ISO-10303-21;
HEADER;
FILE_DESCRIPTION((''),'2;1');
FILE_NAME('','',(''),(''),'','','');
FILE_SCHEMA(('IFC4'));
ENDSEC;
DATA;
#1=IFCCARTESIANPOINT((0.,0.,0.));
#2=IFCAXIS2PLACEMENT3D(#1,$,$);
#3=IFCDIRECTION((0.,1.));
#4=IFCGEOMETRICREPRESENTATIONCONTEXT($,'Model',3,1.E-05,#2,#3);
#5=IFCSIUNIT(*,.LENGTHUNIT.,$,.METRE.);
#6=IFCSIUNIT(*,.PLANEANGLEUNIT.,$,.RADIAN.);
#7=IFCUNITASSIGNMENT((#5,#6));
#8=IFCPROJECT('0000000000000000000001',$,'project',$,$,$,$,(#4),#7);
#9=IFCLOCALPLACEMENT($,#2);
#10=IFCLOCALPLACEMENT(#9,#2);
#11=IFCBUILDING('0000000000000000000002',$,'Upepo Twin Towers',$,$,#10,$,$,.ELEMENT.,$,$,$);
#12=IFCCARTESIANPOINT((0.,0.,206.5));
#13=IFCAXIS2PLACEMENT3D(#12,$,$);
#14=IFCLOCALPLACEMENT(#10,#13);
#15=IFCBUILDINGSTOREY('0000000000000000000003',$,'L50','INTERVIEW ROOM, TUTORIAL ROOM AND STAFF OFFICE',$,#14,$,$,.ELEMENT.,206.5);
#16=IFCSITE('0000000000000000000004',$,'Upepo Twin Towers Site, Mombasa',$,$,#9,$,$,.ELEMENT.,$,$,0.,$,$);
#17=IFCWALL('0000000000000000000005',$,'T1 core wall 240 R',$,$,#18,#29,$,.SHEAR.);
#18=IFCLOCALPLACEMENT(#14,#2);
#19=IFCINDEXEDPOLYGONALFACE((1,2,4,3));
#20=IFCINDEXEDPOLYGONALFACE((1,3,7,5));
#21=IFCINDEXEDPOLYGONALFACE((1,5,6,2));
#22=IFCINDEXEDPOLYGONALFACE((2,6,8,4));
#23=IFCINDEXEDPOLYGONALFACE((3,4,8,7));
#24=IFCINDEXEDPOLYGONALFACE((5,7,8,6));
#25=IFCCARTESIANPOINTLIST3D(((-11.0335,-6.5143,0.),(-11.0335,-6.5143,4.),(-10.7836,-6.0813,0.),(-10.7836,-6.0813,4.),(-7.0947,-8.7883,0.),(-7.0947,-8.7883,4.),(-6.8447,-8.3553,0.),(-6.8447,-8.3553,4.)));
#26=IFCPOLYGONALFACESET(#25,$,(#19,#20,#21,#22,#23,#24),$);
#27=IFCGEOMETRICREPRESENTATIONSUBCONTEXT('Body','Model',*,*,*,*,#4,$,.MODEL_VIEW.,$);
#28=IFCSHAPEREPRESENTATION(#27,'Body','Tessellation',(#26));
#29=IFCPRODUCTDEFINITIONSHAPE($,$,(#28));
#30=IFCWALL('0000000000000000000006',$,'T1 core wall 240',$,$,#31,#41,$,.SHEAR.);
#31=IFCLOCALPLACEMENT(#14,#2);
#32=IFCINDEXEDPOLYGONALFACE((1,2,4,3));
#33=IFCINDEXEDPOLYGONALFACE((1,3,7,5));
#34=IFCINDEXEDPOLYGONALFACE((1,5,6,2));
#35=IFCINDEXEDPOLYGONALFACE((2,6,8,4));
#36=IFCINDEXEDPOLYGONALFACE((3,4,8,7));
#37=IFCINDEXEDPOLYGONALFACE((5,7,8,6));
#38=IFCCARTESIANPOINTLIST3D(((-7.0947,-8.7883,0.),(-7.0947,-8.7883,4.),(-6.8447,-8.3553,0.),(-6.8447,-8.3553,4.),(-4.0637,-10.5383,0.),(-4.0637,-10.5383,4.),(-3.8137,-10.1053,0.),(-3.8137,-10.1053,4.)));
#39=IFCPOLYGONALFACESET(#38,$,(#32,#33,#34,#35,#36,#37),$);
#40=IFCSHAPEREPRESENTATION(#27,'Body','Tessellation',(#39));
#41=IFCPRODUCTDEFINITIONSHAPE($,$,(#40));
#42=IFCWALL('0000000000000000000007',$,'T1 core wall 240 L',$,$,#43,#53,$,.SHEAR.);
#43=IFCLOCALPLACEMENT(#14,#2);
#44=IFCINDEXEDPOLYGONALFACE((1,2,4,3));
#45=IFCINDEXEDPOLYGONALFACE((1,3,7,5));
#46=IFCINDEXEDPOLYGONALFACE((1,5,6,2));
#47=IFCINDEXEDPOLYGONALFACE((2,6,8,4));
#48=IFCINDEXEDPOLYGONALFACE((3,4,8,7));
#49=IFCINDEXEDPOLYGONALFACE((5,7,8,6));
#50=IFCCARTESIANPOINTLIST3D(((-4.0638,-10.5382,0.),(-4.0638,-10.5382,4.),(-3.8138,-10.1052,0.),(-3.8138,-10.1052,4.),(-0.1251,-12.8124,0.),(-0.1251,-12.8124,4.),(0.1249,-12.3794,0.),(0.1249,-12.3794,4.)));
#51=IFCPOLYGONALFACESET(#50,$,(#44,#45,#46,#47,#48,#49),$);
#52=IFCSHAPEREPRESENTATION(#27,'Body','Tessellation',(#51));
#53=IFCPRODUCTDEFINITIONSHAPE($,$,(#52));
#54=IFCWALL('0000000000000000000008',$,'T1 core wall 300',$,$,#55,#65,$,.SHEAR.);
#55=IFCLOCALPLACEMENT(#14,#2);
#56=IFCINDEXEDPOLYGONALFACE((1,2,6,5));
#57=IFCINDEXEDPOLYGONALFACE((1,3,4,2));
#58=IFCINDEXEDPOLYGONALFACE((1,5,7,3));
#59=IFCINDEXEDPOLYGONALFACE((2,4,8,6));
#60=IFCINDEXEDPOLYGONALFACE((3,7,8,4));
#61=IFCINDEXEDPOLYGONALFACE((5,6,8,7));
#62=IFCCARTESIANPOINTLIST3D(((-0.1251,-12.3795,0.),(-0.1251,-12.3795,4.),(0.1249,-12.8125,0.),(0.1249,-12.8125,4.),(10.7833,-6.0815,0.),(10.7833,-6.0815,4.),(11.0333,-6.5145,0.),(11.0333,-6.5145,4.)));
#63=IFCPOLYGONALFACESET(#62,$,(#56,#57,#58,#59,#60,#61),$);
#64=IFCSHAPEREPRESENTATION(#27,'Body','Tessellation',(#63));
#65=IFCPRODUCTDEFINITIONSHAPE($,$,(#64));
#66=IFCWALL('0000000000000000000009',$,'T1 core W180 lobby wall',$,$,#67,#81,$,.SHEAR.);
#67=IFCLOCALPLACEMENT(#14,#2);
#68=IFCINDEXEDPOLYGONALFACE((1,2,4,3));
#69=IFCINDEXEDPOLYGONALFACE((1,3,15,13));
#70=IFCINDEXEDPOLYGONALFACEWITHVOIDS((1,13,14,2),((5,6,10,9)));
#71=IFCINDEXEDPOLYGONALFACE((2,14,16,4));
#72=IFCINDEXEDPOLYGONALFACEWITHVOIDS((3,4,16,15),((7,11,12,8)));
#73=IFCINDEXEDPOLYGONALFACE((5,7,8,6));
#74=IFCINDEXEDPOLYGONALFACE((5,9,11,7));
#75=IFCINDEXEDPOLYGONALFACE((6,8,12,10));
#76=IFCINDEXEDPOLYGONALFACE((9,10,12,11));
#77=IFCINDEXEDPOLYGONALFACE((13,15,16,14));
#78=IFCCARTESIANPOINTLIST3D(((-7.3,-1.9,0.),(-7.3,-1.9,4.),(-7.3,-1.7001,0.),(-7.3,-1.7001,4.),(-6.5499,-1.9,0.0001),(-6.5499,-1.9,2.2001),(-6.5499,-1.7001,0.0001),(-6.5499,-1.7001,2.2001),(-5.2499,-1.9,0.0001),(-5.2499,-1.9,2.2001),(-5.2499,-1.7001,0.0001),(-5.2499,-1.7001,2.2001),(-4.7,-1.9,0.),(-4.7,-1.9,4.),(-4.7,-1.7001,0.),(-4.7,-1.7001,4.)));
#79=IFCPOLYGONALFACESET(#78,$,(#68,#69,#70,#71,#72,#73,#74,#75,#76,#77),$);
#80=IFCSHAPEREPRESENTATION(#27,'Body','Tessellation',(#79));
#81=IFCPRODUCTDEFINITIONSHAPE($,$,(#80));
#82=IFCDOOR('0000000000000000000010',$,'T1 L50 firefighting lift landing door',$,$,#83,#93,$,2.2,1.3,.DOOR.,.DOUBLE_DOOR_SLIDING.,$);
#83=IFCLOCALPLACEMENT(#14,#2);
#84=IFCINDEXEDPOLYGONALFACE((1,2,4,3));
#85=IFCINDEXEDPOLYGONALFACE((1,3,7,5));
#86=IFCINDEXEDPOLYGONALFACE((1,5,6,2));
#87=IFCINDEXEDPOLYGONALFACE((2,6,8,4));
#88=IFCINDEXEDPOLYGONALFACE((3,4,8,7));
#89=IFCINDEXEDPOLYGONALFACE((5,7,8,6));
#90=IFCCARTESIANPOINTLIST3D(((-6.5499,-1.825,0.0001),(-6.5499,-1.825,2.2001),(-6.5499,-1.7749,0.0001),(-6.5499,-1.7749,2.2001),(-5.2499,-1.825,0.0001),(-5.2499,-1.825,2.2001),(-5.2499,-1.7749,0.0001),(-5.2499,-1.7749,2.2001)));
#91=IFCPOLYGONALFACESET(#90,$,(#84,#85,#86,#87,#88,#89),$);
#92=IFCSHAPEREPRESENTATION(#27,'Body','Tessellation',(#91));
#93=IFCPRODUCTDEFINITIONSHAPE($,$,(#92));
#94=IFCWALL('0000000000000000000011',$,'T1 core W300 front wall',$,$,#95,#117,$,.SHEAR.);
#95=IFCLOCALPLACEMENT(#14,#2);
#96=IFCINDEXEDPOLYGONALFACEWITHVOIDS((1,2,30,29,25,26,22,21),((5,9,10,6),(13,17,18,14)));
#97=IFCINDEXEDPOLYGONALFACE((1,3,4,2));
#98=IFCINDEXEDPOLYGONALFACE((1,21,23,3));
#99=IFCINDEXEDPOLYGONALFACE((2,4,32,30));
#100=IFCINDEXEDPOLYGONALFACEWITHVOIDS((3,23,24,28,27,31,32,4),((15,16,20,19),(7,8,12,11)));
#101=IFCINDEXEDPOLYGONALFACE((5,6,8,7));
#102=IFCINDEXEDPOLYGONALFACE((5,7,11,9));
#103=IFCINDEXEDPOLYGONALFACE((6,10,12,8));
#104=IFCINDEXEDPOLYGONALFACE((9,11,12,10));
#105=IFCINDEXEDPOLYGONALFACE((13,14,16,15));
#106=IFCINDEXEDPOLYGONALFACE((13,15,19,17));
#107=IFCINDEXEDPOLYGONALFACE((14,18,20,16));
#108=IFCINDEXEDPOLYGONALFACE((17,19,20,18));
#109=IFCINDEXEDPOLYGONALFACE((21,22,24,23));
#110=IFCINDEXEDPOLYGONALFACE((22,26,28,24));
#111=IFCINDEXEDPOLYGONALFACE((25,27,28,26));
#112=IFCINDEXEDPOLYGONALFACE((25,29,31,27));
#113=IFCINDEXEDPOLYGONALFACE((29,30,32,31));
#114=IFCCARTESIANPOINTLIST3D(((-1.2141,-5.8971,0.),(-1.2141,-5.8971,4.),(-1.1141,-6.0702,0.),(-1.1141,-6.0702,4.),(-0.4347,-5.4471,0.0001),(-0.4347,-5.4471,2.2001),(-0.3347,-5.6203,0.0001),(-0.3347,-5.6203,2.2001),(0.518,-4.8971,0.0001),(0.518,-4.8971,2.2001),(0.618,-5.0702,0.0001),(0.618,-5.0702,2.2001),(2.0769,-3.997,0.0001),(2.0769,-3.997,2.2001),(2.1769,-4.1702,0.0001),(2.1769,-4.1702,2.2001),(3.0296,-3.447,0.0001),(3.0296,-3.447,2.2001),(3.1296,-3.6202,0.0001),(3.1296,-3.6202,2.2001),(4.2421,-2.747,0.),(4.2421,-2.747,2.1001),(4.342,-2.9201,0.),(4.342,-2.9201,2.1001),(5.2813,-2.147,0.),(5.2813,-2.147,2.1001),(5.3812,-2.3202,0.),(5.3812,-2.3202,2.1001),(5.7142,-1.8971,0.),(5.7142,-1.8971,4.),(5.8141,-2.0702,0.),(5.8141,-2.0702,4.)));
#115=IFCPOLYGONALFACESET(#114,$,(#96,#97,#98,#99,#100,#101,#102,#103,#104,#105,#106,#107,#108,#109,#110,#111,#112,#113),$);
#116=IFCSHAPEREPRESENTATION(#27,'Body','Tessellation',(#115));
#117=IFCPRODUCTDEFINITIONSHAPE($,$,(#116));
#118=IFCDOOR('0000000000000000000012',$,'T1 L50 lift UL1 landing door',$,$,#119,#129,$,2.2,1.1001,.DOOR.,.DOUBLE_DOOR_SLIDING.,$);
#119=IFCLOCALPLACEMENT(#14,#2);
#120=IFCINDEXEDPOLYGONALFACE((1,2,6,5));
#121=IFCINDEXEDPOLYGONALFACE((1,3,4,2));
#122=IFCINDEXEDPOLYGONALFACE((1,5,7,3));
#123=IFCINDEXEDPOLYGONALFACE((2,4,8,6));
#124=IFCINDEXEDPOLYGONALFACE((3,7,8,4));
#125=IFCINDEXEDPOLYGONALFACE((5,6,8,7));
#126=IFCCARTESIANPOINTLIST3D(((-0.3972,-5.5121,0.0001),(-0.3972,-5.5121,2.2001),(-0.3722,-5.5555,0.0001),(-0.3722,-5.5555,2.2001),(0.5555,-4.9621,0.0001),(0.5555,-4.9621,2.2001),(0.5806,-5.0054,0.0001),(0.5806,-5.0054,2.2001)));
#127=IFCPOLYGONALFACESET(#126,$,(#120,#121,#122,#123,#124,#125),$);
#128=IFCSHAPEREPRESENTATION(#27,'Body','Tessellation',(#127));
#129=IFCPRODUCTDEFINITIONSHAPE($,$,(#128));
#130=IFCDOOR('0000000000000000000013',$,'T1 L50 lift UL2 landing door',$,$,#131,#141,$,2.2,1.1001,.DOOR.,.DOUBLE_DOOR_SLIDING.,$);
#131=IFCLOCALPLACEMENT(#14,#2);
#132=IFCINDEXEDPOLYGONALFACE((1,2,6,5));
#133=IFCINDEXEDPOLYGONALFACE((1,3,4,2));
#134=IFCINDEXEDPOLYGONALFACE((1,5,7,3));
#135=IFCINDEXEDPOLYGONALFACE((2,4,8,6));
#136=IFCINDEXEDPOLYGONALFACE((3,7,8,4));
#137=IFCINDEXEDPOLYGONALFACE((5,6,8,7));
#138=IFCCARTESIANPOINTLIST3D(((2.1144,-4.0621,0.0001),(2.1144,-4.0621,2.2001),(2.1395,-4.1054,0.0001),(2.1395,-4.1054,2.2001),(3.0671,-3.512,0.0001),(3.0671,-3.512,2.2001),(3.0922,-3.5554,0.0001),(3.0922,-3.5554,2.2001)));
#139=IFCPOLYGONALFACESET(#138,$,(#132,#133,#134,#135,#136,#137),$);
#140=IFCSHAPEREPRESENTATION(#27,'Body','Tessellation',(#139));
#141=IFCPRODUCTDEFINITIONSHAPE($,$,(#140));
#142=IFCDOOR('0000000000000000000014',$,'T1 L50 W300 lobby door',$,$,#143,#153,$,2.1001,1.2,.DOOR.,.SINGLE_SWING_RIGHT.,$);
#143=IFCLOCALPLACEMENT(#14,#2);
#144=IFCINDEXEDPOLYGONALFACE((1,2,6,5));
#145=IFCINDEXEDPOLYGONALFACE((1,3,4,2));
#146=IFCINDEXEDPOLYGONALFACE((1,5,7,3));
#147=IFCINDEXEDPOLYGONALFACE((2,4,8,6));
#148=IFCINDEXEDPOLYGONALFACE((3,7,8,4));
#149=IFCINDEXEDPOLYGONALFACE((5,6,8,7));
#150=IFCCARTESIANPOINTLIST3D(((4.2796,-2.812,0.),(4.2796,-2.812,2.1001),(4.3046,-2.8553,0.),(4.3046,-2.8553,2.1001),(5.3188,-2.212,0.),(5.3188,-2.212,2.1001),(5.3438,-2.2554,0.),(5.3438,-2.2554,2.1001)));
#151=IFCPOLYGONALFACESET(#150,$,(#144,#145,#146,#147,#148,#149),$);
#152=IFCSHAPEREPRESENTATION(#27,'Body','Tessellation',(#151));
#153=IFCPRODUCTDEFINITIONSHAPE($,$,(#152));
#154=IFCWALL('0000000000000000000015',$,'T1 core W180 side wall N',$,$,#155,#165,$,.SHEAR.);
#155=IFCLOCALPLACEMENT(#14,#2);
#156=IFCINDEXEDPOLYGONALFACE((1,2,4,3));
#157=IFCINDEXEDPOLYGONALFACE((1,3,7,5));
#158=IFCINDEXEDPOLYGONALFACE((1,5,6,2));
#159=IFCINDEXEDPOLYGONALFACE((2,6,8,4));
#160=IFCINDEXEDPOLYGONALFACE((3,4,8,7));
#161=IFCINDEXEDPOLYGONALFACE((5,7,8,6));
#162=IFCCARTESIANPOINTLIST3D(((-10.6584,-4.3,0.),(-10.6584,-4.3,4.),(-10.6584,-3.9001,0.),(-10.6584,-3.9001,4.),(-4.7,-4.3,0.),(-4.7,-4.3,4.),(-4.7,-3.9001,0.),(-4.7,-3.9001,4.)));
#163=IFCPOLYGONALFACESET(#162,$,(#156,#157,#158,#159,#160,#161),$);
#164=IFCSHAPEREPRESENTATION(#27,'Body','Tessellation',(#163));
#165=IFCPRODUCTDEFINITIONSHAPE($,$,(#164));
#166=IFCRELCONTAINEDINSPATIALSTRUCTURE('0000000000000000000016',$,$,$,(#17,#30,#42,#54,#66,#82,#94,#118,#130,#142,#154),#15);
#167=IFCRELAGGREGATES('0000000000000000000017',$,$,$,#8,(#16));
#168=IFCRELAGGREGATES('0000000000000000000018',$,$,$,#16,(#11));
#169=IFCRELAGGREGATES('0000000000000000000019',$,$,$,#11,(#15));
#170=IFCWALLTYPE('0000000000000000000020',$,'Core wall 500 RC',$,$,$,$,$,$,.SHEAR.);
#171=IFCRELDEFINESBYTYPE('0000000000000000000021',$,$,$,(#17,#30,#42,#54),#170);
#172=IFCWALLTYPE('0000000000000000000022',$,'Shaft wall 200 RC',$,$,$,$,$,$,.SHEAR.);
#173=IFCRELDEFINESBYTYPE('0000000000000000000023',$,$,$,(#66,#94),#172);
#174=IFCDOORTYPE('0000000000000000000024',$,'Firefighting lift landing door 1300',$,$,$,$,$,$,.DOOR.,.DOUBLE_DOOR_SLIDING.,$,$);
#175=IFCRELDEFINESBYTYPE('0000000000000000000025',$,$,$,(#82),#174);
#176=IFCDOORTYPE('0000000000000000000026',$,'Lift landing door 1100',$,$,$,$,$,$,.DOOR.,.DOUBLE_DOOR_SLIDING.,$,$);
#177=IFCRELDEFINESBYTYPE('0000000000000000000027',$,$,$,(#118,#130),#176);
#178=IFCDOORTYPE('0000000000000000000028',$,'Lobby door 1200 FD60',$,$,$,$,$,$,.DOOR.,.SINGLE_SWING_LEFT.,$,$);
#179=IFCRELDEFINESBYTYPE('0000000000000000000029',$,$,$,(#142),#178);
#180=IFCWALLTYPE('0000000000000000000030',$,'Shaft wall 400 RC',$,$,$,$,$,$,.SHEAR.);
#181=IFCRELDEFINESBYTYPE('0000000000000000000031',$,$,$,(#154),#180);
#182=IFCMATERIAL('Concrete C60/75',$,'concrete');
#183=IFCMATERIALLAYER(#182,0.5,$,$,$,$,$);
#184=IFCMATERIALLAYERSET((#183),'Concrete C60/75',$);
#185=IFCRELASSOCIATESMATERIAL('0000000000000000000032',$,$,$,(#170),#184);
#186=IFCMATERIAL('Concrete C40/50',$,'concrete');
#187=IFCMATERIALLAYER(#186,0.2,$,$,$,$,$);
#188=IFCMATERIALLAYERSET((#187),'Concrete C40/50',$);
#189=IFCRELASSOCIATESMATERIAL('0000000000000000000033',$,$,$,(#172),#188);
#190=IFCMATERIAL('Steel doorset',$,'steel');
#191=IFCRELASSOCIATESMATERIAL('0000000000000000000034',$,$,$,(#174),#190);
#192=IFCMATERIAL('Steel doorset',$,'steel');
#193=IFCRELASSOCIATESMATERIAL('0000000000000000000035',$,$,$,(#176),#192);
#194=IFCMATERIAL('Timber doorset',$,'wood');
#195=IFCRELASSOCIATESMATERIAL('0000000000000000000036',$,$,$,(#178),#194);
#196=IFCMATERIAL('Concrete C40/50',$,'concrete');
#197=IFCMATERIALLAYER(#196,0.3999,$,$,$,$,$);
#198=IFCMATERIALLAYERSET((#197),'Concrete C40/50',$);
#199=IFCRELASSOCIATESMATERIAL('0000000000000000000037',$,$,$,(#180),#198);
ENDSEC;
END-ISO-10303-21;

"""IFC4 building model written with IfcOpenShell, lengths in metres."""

from ifc_helpers import new_model, si_unit, direction, frame, frame_2d, origin, place, context, subcontext, project, spatial, rectangle, extrude, material, layer, layer_set, type_object, element, fill, save


model = new_model("IFC4")

# Units and contexts
model_context = context("Model", 3, precision=1e-05, world=origin(), true_north=direction((0.0, 1.0)))
body_context = subcontext(model_context, "Body", "Model", "MODEL_VIEW")
ifc_project = project(units=[si_unit("LENGTHUNIT", "METRE"), si_unit("PLANEANGLEUNIT", "RADIAN")], contexts=[model_context])

# Site, building, storey
site_placement = place(None, origin())
site = spatial("IfcSite", under=ifc_project, at=site_placement, Name="Upepo Twin Towers Site, Mombasa", CompositionType="ELEMENT", RefElevation=0.0)
building_placement = place(site_placement, origin())
building = spatial("IfcBuilding", under=site, at=building_placement, Name="Upepo Twin Towers", CompositionType="ELEMENT")
storey_placement = place(building_placement, frame((0.0, 0.0, 206.5)))
storey = spatial("IfcBuildingStorey", under=building, at=storey_placement, Name="L50", Description="INTERVIEW ROOM, TUTORIAL ROOM AND STAFF OFFICE", CompositionType="ELEMENT", Elevation=206.5)

# Walls
ifc_material_1 = material(Name="Concrete C60/75", Category="concrete")
ifc_layer_1 = layer(ifc_material_1, 0.5)
ifc_layer_set_1 = layer_set([ifc_layer_1], Name="Concrete C60/75")
wall_type_1 = type_object("IfcWallType", Name="Core wall 500 RC", PredefinedType="SHEAR", material=ifc_layer_set_1)
wall_1_placement = place(storey_placement, frame((-10.9084, -6.2979, 0.0), z_axis=(0.0, 0.0, 1.0), x_axis=(0.866035, -0.499984, 0.0)))
element("IfcWall", 1, at=wall_1_placement, inside=storey, type_object=wall_type_1, Name="T1 core wall 240 R", PredefinedType="SHEAR", context=body_context, shape_type="SweptSolid", body=[
    extrude(rectangle(XDim=4.5481, YDim=0.5, at=frame_2d((2.2739, 0.0))), origin(), (0.0, 0.0, 1.0), 4.0),
])
wall_2_placement = place(storey_placement, frame((-6.9697, -8.5718, 0.0), z_axis=(0.0, 0.0, 1.0), x_axis=(0.866019, -0.50001, 0.0)))
element("IfcWall", 2, at=wall_2_placement, inside=storey, type_object=wall_type_1, Name="T1 core wall 240", PredefinedType="SHEAR", context=body_context, shape_type="SweptSolid", body=[
    extrude(rectangle(XDim=3.5, YDim=0.5, at=frame_2d((1.75, 0.0))), origin(), (0.0, 0.0, 1.0), 4.0),
])
wall_3_placement = place(storey_placement, frame((-3.9387, -10.3218, 0.0), z_axis=(0.0, 0.0, 1.0), x_axis=(0.866011, -0.500024, 0.0)))
element("IfcWall", 3, at=wall_3_placement, inside=storey, type_object=wall_type_1, Name="T1 core wall 240 L", PredefinedType="SHEAR", context=body_context, shape_type="SweptSolid", body=[
    extrude(rectangle(XDim=4.5481, YDim=0.5, at=frame_2d((2.2739, 0.0))), origin(), (0.0, 0.0, 1.0), 4.0),
])
wall_4_placement = place(storey_placement, frame((0.0, -12.5959, 0.0), z_axis=(0.0, 0.0, 1.0), x_axis=(0.866022, 0.500006, 0.0)))
element("IfcWall", 4, at=wall_4_placement, inside=storey, type_object=wall_type_1, Name="T1 core wall 300", PredefinedType="SHEAR", context=body_context, shape_type="SweptSolid", body=[
    extrude(rectangle(XDim=12.5959, YDim=0.5, at=frame_2d((6.2979, 0.0))), origin(), (0.0, 0.0, 1.0), 4.0),
])

# Wall, opening, door
ifc_material_2 = material(Name="Concrete C40/50", Category="concrete")
ifc_layer_2 = layer(ifc_material_2, 0.2)
ifc_layer_set_2 = layer_set([ifc_layer_2], Name="Concrete C40/50")
wall_type_2 = type_object("IfcWallType", Name="Shaft wall 200 RC", PredefinedType="SHEAR", material=ifc_layer_set_2)
wall_5_placement = place(storey_placement, frame((-4.7, -1.8, 0.0), z_axis=(0.0, 0.0, 1.0), x_axis=(-1.0, 0.0, 0.0)))
wall_5 = element("IfcWall", 5, at=wall_5_placement, inside=storey, type_object=wall_type_2, Name="T1 core W180 lobby wall", PredefinedType="SHEAR", context=body_context, shape_type="SweptSolid", body=[
    extrude(rectangle(XDim=2.6001, YDim=0.2, at=frame_2d((1.3, 0.0))), origin(), (0.0, 0.0, 1.0), 4.0),
])
opening_1_placement = place(wall_5_placement, frame((0.55, 0.0, 0.0)))
opening_1 = element("IfcOpeningElement", 6, at=opening_1_placement, cuts=wall_5, PredefinedType="OPENING", context=body_context, shape_type="SweptSolid", body=[
    extrude(rectangle(XDim=1.3, YDim=2.2, at=frame_2d((0.6499, 1.1001))), frame((0.0, 0.1099, 0.0), z_axis=(0.0, -1.0, 0.0), x_axis=(1.0, 0.0, 0.0)), (0.0, 0.0, 1.0), 0.22),
])
ifc_material_3 = material(Name="Steel doorset", Category="steel")
door_type_1 = type_object("IfcDoorType", Name="Firefighting lift landing door 1300", OperationType="DOUBLE_DOOR_SLIDING", PredefinedType="DOOR", material=ifc_material_3)
door_1_placement = place(opening_1_placement, origin())
door_1 = element("IfcDoor", 7, at=door_1_placement, inside=storey, type_object=door_type_1, Name="T1 L50 firefighting lift landing door", OperationType="DOUBLE_DOOR_SLIDING", OverallHeight=2.2, OverallWidth=1.3, PredefinedType="DOOR", context=body_context, shape_type="SweptSolid", body=[
    extrude(rectangle(XDim=1.3, YDim=2.2, at=frame_2d((0.6499, 1.1001))), frame((0.0, 0.0249, 0.0), z_axis=(0.0, -1.0, 0.0), x_axis=(1.0, 0.0, 0.0)), (0.0, 0.0, 1.0), 0.05),
])
fill(opening_1, door_1)

# Wall, openings, doors
wall_6_placement = place(storey_placement, frame((-1.1641, -5.9836, 0.0), z_axis=(0.0, 0.0, 1.0), x_axis=(0.866026, 0.499999, 0.0)))
wall_6 = element("IfcWall", 8, at=wall_6_placement, inside=storey, type_object=wall_type_2, Name="T1 core W300 front wall", PredefinedType="SHEAR", context=body_context, shape_type="SweptSolid", body=[
    extrude(rectangle(XDim=8.0, YDim=0.2, at=frame_2d((4.0, 0.0))), origin(), (0.0, 0.0, 1.0), 4.0),
])
opening_2_placement = place(wall_6_placement, frame((6.3, 0.0, 0.0)))
opening_2 = element("IfcOpeningElement", 9, at=opening_2_placement, cuts=wall_6, PredefinedType="OPENING", context=body_context, shape_type="SweptSolid", body=[
    extrude(rectangle(XDim=1.2, YDim=2.1001, at=frame_2d((0.6001, 1.05))), frame((0.0, 0.1099, 0.0), z_axis=(0.0, -1.0, 0.0), x_axis=(1.0, 0.0, 0.0)), (0.0, 0.0, 1.0), 0.22),
])
opening_3_placement = place(wall_6_placement, frame((0.8999, 0.0, 0.0)))
opening_3 = element("IfcOpeningElement", 10, at=opening_3_placement, cuts=wall_6, PredefinedType="OPENING", context=body_context, shape_type="SweptSolid", body=[
    extrude(rectangle(XDim=1.1001, YDim=2.2, at=frame_2d((0.55, 1.1001))), frame((0.0, 0.1099, 0.0), z_axis=(0.0, -1.0, 0.0), x_axis=(1.0, 0.0, 0.0)), (0.0, 0.0, 1.0), 0.22),
])
opening_4_placement = place(wall_6_placement, frame((3.8, 0.0, 0.0)))
opening_4 = element("IfcOpeningElement", 11, at=opening_4_placement, cuts=wall_6, PredefinedType="OPENING", context=body_context, shape_type="SweptSolid", body=[
    extrude(rectangle(XDim=1.1001, YDim=2.2, at=frame_2d((0.55, 1.1001))), frame((0.0, 0.1099, 0.0), z_axis=(0.0, -1.0, 0.0), x_axis=(1.0, 0.0, 0.0)), (0.0, 0.0, 1.0), 0.22),
])
ifc_material_4 = material(Name="Steel doorset", Category="steel")
door_type_2 = type_object("IfcDoorType", Name="Lift landing door 1100", OperationType="DOUBLE_DOOR_SLIDING", PredefinedType="DOOR", material=ifc_material_4)
door_2_placement = place(opening_3_placement, origin())
door_2 = element("IfcDoor", 12, at=door_2_placement, inside=storey, type_object=door_type_2, Name="T1 L50 lift UL1 landing door", OperationType="DOUBLE_DOOR_SLIDING", OverallHeight=2.2, OverallWidth=1.1001, PredefinedType="DOOR", context=body_context, shape_type="SweptSolid", body=[
    extrude(rectangle(XDim=1.1001, YDim=2.2, at=frame_2d((0.55, 1.1001))), frame((0.0, 0.0249, 0.0), z_axis=(0.0, -1.0, 0.0), x_axis=(1.0, 0.0, 0.0)), (0.0, 0.0, 1.0), 0.05),
])
fill(opening_3, door_2)
door_3_placement = place(opening_4_placement, origin())
door_3 = element("IfcDoor", 13, at=door_3_placement, inside=storey, type_object=door_type_2, Name="T1 L50 lift UL2 landing door", OperationType="DOUBLE_DOOR_SLIDING", OverallHeight=2.2, OverallWidth=1.1001, PredefinedType="DOOR", context=body_context, shape_type="SweptSolid", body=[
    extrude(rectangle(XDim=1.1001, YDim=2.2, at=frame_2d((0.55, 1.1001))), frame((0.0, 0.0249, 0.0), z_axis=(0.0, -1.0, 0.0), x_axis=(1.0, 0.0, 0.0)), (0.0, 0.0, 1.0), 0.05),
])
fill(opening_4, door_3)
ifc_material_5 = material(Name="Timber doorset", Category="wood")
door_type_3 = type_object("IfcDoorType", Name="Lobby door 1200 FD60", OperationType="SINGLE_SWING_LEFT", PredefinedType="DOOR", material=ifc_material_5)
door_4_placement = place(opening_2_placement, origin())
door_4 = element("IfcDoor", 14, at=door_4_placement, inside=storey, type_object=door_type_3, Name="T1 L50 W300 lobby door", OperationType="SINGLE_SWING_RIGHT", OverallHeight=2.1001, OverallWidth=1.2, PredefinedType="DOOR", context=body_context, shape_type="SweptSolid", body=[
    extrude(rectangle(XDim=1.2, YDim=2.1001, at=frame_2d((0.6001, 1.05))), frame((0.0, 0.0249, 0.0), z_axis=(0.0, -1.0, 0.0), x_axis=(1.0, 0.0, 0.0)), (0.0, 0.0, 1.0), 0.05),
])
fill(opening_2, door_4)

# Wall
ifc_material_6 = material(Name="Concrete C40/50", Category="concrete")
ifc_layer_3 = layer(ifc_material_6, 0.3999)
ifc_layer_set_3 = layer_set([ifc_layer_3], Name="Concrete C40/50")
wall_type_3 = type_object("IfcWallType", Name="Shaft wall 400 RC", PredefinedType="SHEAR", material=ifc_layer_set_3)
wall_7_placement = place(storey_placement, frame((-4.7, -4.1001, 0.0), z_axis=(0.0, 0.0, 1.0), x_axis=(-1.0, 0.0, 0.0)))
element("IfcWall", 15, at=wall_7_placement, inside=storey, type_object=wall_type_3, Name="T1 core W180 side wall N", PredefinedType="SHEAR", context=body_context, shape_type="SweptSolid", body=[
    extrude(rectangle(XDim=5.9585, YDim=0.3999, at=frame_2d((2.9792, 0.0))), origin(), (0.0, 0.0, 1.0), 4.0),
])

save(model, "model.ifc")
